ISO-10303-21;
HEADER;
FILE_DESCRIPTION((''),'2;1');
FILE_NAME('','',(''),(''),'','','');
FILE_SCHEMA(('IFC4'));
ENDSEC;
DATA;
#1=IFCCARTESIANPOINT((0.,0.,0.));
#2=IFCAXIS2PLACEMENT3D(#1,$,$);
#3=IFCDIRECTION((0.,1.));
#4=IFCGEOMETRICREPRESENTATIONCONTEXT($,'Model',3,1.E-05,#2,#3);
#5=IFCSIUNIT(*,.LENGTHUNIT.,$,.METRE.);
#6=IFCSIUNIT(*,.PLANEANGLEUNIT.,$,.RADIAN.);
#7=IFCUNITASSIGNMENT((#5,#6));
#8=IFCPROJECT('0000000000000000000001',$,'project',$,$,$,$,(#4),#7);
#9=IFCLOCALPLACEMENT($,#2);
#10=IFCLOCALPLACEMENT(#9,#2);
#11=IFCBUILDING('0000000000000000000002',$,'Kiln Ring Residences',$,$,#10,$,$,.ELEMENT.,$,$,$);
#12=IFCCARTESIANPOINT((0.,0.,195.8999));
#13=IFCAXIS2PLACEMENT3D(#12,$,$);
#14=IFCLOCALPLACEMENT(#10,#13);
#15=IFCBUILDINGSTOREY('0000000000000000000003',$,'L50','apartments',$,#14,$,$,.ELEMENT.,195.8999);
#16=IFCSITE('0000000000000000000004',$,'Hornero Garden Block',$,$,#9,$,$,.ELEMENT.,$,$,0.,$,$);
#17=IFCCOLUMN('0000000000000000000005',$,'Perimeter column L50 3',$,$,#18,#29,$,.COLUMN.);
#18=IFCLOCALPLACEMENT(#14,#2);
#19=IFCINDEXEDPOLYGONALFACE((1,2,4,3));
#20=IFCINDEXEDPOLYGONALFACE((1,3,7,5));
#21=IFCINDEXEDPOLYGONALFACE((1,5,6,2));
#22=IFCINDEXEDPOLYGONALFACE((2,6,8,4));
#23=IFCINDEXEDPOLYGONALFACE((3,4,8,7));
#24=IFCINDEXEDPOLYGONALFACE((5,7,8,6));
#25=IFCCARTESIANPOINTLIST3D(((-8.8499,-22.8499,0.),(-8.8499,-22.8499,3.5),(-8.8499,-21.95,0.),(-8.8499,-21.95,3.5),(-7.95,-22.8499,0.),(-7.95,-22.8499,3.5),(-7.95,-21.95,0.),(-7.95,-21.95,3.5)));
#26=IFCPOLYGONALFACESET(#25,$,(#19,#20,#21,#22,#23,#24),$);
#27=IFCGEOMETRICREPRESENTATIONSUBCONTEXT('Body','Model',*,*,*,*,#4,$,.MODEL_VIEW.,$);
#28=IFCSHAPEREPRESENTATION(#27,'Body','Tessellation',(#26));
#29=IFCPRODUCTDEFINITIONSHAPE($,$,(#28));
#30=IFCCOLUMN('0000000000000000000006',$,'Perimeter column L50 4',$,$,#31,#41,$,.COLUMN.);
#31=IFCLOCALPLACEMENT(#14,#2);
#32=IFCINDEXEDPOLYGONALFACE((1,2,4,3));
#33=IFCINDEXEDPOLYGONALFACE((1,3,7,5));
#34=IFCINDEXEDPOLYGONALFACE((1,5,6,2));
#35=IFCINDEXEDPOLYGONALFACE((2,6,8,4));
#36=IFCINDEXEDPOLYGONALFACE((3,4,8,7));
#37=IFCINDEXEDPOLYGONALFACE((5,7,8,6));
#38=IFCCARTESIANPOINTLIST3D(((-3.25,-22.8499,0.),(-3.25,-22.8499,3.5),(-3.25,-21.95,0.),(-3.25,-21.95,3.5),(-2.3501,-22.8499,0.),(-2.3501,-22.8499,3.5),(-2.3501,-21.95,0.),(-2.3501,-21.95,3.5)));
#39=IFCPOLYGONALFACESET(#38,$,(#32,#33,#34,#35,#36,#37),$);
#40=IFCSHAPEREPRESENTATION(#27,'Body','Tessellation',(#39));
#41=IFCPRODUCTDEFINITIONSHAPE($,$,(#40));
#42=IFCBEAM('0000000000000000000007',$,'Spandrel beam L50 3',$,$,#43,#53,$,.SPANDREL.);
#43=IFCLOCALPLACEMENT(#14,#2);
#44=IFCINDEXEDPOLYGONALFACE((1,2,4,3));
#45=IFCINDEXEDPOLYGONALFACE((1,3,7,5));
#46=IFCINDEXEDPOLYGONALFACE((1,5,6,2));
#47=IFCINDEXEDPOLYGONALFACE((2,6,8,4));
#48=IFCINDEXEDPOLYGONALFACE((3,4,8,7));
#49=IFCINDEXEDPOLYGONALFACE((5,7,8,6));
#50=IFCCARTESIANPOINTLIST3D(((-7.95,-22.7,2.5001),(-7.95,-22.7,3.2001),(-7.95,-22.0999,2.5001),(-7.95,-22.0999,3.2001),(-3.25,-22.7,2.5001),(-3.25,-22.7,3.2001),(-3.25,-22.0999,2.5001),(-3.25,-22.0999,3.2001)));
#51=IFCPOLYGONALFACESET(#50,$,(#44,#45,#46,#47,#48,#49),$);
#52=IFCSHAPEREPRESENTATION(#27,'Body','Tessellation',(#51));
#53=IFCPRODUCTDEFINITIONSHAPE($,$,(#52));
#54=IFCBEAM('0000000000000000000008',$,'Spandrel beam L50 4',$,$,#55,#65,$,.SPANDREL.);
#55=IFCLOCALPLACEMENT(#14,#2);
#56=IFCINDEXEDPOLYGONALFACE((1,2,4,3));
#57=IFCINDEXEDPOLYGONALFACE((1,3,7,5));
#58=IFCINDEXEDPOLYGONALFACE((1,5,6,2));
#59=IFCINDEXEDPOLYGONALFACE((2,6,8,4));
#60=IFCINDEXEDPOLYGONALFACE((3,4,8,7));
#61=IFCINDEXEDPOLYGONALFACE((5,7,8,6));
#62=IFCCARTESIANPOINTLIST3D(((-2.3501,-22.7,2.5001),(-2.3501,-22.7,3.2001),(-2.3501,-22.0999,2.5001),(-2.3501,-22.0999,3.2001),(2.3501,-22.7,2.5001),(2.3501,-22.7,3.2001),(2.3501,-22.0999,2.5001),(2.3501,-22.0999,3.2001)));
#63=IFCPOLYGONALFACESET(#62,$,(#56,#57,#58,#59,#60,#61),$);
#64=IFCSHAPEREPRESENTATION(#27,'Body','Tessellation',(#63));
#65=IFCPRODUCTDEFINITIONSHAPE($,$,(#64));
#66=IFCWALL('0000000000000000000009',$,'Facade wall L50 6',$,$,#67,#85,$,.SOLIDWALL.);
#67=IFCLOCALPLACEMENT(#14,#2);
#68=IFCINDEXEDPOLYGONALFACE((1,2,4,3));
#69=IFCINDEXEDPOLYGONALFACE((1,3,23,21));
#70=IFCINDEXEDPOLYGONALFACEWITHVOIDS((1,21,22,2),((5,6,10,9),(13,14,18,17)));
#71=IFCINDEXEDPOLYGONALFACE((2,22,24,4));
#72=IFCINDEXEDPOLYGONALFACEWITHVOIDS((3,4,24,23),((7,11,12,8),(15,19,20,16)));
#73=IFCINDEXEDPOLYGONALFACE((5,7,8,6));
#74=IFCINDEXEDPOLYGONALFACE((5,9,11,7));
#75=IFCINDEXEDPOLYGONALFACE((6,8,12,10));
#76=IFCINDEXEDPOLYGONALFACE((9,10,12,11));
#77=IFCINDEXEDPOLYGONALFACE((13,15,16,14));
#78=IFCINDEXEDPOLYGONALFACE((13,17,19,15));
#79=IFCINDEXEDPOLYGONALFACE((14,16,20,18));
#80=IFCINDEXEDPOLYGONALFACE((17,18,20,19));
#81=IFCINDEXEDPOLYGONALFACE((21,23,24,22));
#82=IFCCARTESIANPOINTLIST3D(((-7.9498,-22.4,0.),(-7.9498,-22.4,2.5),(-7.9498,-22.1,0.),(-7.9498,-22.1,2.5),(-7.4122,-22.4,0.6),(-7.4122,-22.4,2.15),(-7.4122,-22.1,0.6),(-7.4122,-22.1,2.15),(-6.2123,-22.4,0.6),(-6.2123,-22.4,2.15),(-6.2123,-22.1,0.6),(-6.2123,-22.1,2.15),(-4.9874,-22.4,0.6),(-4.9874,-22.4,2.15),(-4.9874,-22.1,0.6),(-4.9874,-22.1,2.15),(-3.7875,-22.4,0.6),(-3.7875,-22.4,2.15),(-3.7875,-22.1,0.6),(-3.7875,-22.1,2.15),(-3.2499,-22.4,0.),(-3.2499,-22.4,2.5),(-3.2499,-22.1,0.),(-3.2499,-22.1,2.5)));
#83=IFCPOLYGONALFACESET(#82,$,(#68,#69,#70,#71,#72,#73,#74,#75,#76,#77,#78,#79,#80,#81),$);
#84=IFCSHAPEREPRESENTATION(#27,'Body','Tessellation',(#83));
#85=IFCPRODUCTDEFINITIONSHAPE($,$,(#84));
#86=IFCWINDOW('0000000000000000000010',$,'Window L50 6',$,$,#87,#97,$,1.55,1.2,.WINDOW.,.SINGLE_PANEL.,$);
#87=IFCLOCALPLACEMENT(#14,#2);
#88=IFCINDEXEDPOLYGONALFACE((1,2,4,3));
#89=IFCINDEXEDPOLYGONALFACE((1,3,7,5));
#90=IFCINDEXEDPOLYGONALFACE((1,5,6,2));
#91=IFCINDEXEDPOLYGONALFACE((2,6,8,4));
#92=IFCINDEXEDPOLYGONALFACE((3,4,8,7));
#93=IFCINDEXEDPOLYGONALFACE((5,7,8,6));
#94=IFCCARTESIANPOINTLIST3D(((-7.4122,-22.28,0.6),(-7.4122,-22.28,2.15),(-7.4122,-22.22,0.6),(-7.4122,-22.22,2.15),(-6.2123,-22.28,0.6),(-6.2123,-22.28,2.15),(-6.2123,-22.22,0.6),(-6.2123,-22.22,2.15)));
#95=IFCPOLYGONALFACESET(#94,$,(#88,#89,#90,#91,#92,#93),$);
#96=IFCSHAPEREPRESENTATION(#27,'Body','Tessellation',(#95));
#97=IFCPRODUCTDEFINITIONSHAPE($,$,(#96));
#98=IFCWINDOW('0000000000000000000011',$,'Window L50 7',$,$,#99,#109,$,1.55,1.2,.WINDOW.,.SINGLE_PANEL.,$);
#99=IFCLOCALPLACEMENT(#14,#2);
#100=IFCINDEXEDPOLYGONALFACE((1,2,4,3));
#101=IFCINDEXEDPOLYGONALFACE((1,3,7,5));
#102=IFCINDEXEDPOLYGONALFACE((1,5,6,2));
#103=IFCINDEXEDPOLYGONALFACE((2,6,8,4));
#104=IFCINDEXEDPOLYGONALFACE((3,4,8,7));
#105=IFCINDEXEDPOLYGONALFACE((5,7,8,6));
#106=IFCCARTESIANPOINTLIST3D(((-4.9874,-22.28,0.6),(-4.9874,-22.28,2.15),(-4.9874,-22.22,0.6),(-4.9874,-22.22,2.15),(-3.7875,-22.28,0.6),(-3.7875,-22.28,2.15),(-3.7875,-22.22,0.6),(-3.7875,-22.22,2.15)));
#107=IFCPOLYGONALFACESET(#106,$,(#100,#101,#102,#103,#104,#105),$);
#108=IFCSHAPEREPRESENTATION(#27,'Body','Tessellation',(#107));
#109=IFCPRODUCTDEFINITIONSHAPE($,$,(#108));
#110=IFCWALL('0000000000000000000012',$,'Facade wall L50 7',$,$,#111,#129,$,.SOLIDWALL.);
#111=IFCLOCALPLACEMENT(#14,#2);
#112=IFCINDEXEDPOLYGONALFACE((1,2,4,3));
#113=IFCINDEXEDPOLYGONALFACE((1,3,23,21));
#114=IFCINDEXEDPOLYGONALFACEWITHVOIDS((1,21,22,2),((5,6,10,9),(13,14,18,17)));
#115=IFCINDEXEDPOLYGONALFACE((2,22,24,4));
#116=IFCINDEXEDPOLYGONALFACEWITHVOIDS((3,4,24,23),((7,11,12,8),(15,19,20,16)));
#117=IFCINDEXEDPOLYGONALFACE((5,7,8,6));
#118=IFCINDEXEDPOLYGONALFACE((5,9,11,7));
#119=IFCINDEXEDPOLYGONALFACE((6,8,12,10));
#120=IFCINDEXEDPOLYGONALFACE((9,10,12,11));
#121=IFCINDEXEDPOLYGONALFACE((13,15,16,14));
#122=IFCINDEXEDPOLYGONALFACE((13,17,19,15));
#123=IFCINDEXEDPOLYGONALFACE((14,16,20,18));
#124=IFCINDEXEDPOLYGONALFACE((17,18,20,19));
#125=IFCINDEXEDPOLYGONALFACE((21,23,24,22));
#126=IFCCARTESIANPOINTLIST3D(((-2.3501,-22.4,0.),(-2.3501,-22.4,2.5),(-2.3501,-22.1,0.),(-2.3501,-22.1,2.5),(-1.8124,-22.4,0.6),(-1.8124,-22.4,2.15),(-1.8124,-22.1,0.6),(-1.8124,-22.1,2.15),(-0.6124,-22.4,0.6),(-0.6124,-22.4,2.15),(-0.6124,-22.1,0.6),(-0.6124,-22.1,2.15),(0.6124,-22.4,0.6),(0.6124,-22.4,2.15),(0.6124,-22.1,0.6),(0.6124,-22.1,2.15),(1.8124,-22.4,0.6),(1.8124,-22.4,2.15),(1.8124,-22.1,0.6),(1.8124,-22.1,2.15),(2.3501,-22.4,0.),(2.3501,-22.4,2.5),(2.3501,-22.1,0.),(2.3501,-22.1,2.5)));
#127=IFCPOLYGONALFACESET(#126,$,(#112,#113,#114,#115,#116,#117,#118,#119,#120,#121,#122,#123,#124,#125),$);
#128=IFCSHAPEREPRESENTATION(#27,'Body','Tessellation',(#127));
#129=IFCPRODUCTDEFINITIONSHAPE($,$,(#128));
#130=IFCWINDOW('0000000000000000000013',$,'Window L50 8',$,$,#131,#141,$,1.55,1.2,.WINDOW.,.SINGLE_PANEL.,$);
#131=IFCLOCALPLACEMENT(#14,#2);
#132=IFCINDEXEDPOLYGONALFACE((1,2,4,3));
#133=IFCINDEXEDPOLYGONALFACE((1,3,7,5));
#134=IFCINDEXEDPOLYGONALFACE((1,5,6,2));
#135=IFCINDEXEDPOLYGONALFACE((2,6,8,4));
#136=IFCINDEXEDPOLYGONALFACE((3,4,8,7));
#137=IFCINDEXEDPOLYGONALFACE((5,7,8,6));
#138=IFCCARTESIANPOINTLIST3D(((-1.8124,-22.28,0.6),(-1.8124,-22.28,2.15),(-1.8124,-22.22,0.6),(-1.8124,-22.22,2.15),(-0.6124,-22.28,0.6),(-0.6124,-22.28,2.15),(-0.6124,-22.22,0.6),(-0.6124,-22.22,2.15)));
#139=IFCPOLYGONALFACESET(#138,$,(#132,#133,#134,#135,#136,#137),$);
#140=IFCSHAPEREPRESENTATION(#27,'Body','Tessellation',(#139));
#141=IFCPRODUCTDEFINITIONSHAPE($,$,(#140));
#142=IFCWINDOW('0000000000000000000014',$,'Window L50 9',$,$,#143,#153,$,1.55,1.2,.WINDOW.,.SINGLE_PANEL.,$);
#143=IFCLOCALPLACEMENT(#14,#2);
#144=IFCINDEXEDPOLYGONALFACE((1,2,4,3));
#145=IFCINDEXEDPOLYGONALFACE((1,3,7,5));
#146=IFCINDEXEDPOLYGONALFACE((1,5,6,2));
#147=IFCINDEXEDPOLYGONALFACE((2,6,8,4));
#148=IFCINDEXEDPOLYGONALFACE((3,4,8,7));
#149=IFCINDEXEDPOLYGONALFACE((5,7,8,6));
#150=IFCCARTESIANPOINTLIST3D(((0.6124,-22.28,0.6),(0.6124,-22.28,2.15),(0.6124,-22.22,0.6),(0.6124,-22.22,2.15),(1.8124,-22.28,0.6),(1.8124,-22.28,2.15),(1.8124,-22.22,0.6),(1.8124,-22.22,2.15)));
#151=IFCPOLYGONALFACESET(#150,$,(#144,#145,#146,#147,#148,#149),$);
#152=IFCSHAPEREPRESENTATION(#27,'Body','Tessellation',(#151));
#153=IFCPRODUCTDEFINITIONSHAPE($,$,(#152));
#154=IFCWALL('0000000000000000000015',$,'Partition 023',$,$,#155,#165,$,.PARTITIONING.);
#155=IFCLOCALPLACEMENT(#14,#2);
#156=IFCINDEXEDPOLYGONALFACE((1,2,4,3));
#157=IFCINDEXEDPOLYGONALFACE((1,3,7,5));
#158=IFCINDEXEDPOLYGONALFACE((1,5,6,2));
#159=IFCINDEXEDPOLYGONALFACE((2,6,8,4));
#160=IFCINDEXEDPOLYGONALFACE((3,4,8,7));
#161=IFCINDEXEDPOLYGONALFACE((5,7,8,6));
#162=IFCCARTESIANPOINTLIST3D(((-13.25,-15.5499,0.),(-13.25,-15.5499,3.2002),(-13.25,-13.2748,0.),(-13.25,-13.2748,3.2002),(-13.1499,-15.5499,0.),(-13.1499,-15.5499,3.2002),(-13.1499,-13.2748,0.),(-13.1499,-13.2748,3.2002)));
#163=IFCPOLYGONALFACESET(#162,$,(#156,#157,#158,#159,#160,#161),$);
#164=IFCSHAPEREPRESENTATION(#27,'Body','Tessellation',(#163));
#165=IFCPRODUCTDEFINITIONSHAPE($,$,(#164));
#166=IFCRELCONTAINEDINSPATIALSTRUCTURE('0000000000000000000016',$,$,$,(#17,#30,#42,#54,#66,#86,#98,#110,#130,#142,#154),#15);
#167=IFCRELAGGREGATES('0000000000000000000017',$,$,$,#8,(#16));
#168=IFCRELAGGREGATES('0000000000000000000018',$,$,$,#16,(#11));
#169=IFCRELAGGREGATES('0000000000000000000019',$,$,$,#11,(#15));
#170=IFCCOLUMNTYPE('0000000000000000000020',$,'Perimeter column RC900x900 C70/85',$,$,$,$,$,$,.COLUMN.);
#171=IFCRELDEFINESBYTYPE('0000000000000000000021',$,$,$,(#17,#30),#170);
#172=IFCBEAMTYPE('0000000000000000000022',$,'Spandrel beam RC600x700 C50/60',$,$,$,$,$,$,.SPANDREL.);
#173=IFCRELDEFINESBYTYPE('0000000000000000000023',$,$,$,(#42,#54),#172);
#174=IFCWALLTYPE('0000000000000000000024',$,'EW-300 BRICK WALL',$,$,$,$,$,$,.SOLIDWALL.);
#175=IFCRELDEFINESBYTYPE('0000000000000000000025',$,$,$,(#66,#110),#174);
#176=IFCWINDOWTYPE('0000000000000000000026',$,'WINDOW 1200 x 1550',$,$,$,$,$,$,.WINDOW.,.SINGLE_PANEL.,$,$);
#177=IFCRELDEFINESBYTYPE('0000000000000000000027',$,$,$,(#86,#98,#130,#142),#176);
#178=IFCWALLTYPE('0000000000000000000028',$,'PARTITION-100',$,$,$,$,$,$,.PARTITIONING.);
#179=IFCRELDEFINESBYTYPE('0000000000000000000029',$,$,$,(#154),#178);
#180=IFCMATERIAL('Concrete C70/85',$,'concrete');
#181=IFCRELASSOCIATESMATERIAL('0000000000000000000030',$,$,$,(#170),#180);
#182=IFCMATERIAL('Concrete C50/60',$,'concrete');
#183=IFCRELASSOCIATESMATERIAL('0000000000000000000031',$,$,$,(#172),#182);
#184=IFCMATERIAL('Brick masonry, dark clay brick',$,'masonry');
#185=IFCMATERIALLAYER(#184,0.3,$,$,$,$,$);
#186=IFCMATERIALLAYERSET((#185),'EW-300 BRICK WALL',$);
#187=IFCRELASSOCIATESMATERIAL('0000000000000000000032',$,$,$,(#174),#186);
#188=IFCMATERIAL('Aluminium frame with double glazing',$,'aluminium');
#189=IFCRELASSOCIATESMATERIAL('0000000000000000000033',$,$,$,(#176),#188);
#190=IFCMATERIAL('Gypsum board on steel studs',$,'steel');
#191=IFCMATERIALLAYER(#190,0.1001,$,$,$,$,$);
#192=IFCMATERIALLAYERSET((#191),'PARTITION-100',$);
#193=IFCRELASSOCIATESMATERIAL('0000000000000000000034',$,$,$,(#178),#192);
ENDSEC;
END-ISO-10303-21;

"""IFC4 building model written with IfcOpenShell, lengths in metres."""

from ifc_helpers import new_model, si_unit, direction, frame, frame_2d, origin, origin_2d, place, context, subcontext, project, spatial, rectangle, extrude, material, layer, layer_set, material_profile, profile_set, type_object, element, fill, save


model = new_model("IFC4")

# Units and contexts
model_context = context("Model", 3, precision=1e-05, world=origin(), true_north=direction((0.0, 1.0)))
body_context = subcontext(model_context, "Body", "Model", "MODEL_VIEW")
ifc_project = project(units=[si_unit("LENGTHUNIT", "METRE"), si_unit("PLANEANGLEUNIT", "RADIAN")], contexts=[model_context])

# Site, building, storey
site_placement = place(None, origin())
site = spatial("IfcSite", under=ifc_project, at=site_placement, Name="Hornero Garden Block", CompositionType="ELEMENT", RefElevation=0.0)
building_placement = place(site_placement, origin())
building = spatial("IfcBuilding", under=site, at=building_placement, Name="Kiln Ring Residences", CompositionType="ELEMENT")
storey_placement = place(building_placement, frame((0.0, 0.0, 195.8999)))
storey = spatial("IfcBuildingStorey", under=building, at=storey_placement, Name="L50", Description="apartments", CompositionType="ELEMENT", Elevation=195.8999)

# Columns
ifc_material_1 = material(Name="Concrete C70/85", Category="concrete")
ifc_material_profile_1 = material_profile(ifc_material_1, rectangle(XDim=0.8999, YDim=0.8999, at=origin_2d()), Name="RC900x900")
ifc_profile_set_1 = profile_set([ifc_material_profile_1], Name="Concrete C70/85")
column_type = type_object("IfcColumnType", Name="Perimeter column RC900x900 C70/85", PredefinedType="COLUMN", material=ifc_profile_set_1)
for number, where, z_axis, x_axis, name in (
    (1, (-8.3999, -22.3999, 0.0), (0.0, 0.0, 1.0), (1.0, 0.0, 0.0), "Perimeter column L50 3"),
    (2, (-2.8, -22.3999, 0.0), (0.0, 0.0, 1.0), (1.0, 0.0, 0.0), "Perimeter column L50 4"),
):
    element("IfcColumn", number, at=place(storey_placement, frame(where, z_axis=z_axis, x_axis=x_axis)), inside=storey, type_object=column_type, Name=name, PredefinedType="COLUMN", context=body_context, shape_type="SweptSolid", body=[
        extrude(rectangle(XDim=0.8999, YDim=0.8999, at=origin_2d()), origin(), (0.0, 0.0, 1.0), 3.5),
    ])

# Beams
ifc_material_2 = material(Name="Concrete C50/60", Category="concrete")
ifc_material_profile_2 = material_profile(ifc_material_2, rectangle(XDim=0.6001, YDim=0.7, at=origin_2d()), Name="RC600x700")
ifc_profile_set_2 = profile_set([ifc_material_profile_2], Name="Concrete C50/60")
beam_type = type_object("IfcBeamType", Name="Spandrel beam RC600x700 C50/60", PredefinedType="SPANDREL", material=ifc_profile_set_2)
beam_1_placement = place(storey_placement, frame((-7.95, -22.3999, 2.8501), z_axis=(1.0, 0.0, 0.0), x_axis=(0.0, 1.0, 0.0)))
element("IfcBeam", 3, at=beam_1_placement, inside=storey, type_object=beam_type, Name="Spandrel beam L50 3", PredefinedType="SPANDREL", context=body_context, shape_type="SweptSolid", body=[
    extrude(rectangle(XDim=0.6001, YDim=0.7, at=origin_2d()), origin(), (0.0, 0.0, 1.0), 4.7),
])
beam_2_placement = place(storey_placement, frame((-2.3501, -22.3999, 2.8501), z_axis=(1.0, 0.0, 0.0), x_axis=(0.0, 1.0, 0.0)))
element("IfcBeam", 4, at=beam_2_placement, inside=storey, type_object=beam_type, Name="Spandrel beam L50 4", PredefinedType="SPANDREL", context=body_context, shape_type="SweptSolid", body=[
    extrude(rectangle(XDim=0.6001, YDim=0.7, at=origin_2d()), origin(), (0.0, 0.0, 1.0), 4.7002),
])

# Walls, openings, windows
ifc_material_3 = material(Name="Brick masonry, dark clay brick", Category="masonry")
ifc_layer_1 = layer(ifc_material_3, 0.3)
ifc_layer_set_1 = layer_set([ifc_layer_1], Name="EW-300 BRICK WALL")
wall_type_1 = type_object("IfcWallType", Name="EW-300 BRICK WALL", PredefinedType="SOLIDWALL", material=ifc_layer_set_1)
wall_1_placement = place(storey_placement, frame((-7.95, -22.25, 0.0), z_axis=(0.0, 0.0, 1.0), x_axis=(1.0, 0.0, 0.0)))
wall_1 = element("IfcWall", 5, at=wall_1_placement, inside=storey, type_object=wall_type_1, Name="Facade wall L50 6", PredefinedType="SOLIDWALL", context=body_context, shape_type="SweptSolid", body=[
    extrude(rectangle(XDim=4.7, YDim=0.3, at=frame_2d((2.3501, 0.0))), origin(), (0.0, 0.0, 1.0), 2.5),
])
opening_1_placement = place(wall_1_placement, frame((0.5376, 0.0, 0.6001)))
opening_1 = element("IfcOpeningElement", 6, at=opening_1_placement, cuts=wall_1, PredefinedType="OPENING", context=body_context, shape_type="SweptSolid", body=[
    extrude(rectangle(XDim=1.2, YDim=1.55, at=frame_2d((0.6001, 0.7749))), frame((0.0, 0.1599, 0.0), z_axis=(0.0, -1.0, 0.0), x_axis=(1.0, 0.0, 0.0)), (0.0, 0.0, 1.0), 0.3201),
])
opening_2_placement = place(wall_1_placement, frame((2.9624, 0.0, 0.6001)))
opening_2 = element("IfcOpeningElement", 7, at=opening_2_placement, cuts=wall_1, PredefinedType="OPENING", context=body_context, shape_type="SweptSolid", body=[
    extrude(rectangle(XDim=1.2, YDim=1.55, at=frame_2d((0.6001, 0.7749))), frame((0.0, 0.1599, 0.0), z_axis=(0.0, -1.0, 0.0), x_axis=(1.0, 0.0, 0.0)), (0.0, 0.0, 1.0), 0.3201),
])
ifc_material_4 = material(Name="Aluminium frame with double glazing", Category="aluminium")
window_type = type_object("IfcWindowType", Name="WINDOW 1200 x 1550", PartitioningType="SINGLE_PANEL", PredefinedType="WINDOW", material=ifc_material_4)
window_1_placement = place(opening_1_placement, origin())
window_1 = element("IfcWindow", 8, at=window_1_placement, inside=storey, type_object=window_type, Name="Window L50 6", OverallHeight=1.55, OverallWidth=1.2, PartitioningType="SINGLE_PANEL", PredefinedType="WINDOW", context=body_context, shape_type="SweptSolid", body=[
    extrude(rectangle(XDim=1.2, YDim=1.55, at=frame_2d((0.6001, 0.7749))), frame((0.0, 0.03, 0.0), z_axis=(0.0, -1.0, 0.0), x_axis=(1.0, 0.0, 0.0)), (0.0, 0.0, 1.0), 0.0601),
])
fill(opening_1, window_1)
window_2_placement = place(opening_2_placement, origin())
window_2 = element("IfcWindow", 9, at=window_2_placement, inside=storey, type_object=window_type, Name="Window L50 7", OverallHeight=1.55, OverallWidth=1.2, PartitioningType="SINGLE_PANEL", PredefinedType="WINDOW", context=body_context, shape_type="SweptSolid", body=[
    extrude(rectangle(XDim=1.2, YDim=1.55, at=frame_2d((0.6001, 0.7749))), frame((0.0, 0.03, 0.0), z_axis=(0.0, -1.0, 0.0), x_axis=(1.0, 0.0, 0.0)), (0.0, 0.0, 1.0), 0.0601),
])
fill(opening_2, window_2)
wall_2_placement = place(storey_placement, frame((-2.3501, -22.25, 0.0), z_axis=(0.0, 0.0, 1.0), x_axis=(1.0, 0.0, 0.0)))
wall_2 = element("IfcWall", 10, at=wall_2_placement, inside=storey, type_object=wall_type_1, Name="Facade wall L50 7", PredefinedType="SOLIDWALL", context=body_context, shape_type="SweptSolid", body=[
    extrude(rectangle(XDim=4.7002, YDim=0.3, at=frame_2d((2.3501, 0.0))), origin(), (0.0, 0.0, 1.0), 2.5),
])
opening_3_placement = place(wall_2_placement, frame((0.5376, 0.0, 0.6001)))
opening_3 = element("IfcOpeningElement", 11, at=opening_3_placement, cuts=wall_2, PredefinedType="OPENING", context=body_context, shape_type="SweptSolid", body=[
    extrude(rectangle(XDim=1.2, YDim=1.55, at=frame_2d((0.6001, 0.7749))), frame((0.0, 0.1599, 0.0), z_axis=(0.0, -1.0, 0.0), x_axis=(1.0, 0.0, 0.0)), (0.0, 0.0, 1.0), 0.3201),
])
opening_4_placement = place(wall_2_placement, frame((2.9624, 0.0, 0.6001)))
opening_4 = element("IfcOpeningElement", 12, at=opening_4_placement, cuts=wall_2, PredefinedType="OPENING", context=body_context, shape_type="SweptSolid", body=[
    extrude(rectangle(XDim=1.2, YDim=1.55, at=frame_2d((0.6001, 0.7749))), frame((0.0, 0.1599, 0.0), z_axis=(0.0, -1.0, 0.0), x_axis=(1.0, 0.0, 0.0)), (0.0, 0.0, 1.0), 0.3201),
])
window_3_placement = place(opening_3_placement, origin())
window_3 = element("IfcWindow", 13, at=window_3_placement, inside=storey, type_object=window_type, Name="Window L50 8", OverallHeight=1.55, OverallWidth=1.2, PartitioningType="SINGLE_PANEL", PredefinedType="WINDOW", context=body_context, shape_type="SweptSolid", body=[
    extrude(rectangle(XDim=1.2, YDim=1.55, at=frame_2d((0.6001, 0.7749))), frame((0.0, 0.03, 0.0), z_axis=(0.0, -1.0, 0.0), x_axis=(1.0, 0.0, 0.0)), (0.0, 0.0, 1.0), 0.0601),
])
fill(opening_3, window_3)
window_4_placement = place(opening_4_placement, origin())
window_4 = element("IfcWindow", 14, at=window_4_placement, inside=storey, type_object=window_type, Name="Window L50 9", OverallHeight=1.55, OverallWidth=1.2, PartitioningType="SINGLE_PANEL", PredefinedType="WINDOW", context=body_context, shape_type="SweptSolid", body=[
    extrude(rectangle(XDim=1.2, YDim=1.55, at=frame_2d((0.6001, 0.7749))), frame((0.0, 0.03, 0.0), z_axis=(0.0, -1.0, 0.0), x_axis=(1.0, 0.0, 0.0)), (0.0, 0.0, 1.0), 0.0601),
])
fill(opening_4, window_4)

# Wall
ifc_material_5 = material(Name="Gypsum board on steel studs", Category="steel")
ifc_layer_2 = layer(ifc_material_5, 0.1001)
ifc_layer_set_2 = layer_set([ifc_layer_2], Name="PARTITION-100")
wall_type_2 = type_object("IfcWallType", Name="PARTITION-100", PredefinedType="PARTITIONING", material=ifc_layer_set_2)
wall_3_placement = place(storey_placement, frame((-13.2, -15.55, 0.0), z_axis=(0.0, 0.0, 1.0), x_axis=(0.0, 1.0, 0.0)))
element("IfcWall", 15, at=wall_3_placement, inside=storey, type_object=wall_type_2, Name="Partition 023", PredefinedType="PARTITIONING", context=body_context, shape_type="SweptSolid", body=[
    extrude(rectangle(XDim=2.2751, YDim=0.1001, at=frame_2d((1.1377, 0.0))), origin(), (0.0, 0.0, 1.0), 3.2002),
])

save(model, "model.ifc")
